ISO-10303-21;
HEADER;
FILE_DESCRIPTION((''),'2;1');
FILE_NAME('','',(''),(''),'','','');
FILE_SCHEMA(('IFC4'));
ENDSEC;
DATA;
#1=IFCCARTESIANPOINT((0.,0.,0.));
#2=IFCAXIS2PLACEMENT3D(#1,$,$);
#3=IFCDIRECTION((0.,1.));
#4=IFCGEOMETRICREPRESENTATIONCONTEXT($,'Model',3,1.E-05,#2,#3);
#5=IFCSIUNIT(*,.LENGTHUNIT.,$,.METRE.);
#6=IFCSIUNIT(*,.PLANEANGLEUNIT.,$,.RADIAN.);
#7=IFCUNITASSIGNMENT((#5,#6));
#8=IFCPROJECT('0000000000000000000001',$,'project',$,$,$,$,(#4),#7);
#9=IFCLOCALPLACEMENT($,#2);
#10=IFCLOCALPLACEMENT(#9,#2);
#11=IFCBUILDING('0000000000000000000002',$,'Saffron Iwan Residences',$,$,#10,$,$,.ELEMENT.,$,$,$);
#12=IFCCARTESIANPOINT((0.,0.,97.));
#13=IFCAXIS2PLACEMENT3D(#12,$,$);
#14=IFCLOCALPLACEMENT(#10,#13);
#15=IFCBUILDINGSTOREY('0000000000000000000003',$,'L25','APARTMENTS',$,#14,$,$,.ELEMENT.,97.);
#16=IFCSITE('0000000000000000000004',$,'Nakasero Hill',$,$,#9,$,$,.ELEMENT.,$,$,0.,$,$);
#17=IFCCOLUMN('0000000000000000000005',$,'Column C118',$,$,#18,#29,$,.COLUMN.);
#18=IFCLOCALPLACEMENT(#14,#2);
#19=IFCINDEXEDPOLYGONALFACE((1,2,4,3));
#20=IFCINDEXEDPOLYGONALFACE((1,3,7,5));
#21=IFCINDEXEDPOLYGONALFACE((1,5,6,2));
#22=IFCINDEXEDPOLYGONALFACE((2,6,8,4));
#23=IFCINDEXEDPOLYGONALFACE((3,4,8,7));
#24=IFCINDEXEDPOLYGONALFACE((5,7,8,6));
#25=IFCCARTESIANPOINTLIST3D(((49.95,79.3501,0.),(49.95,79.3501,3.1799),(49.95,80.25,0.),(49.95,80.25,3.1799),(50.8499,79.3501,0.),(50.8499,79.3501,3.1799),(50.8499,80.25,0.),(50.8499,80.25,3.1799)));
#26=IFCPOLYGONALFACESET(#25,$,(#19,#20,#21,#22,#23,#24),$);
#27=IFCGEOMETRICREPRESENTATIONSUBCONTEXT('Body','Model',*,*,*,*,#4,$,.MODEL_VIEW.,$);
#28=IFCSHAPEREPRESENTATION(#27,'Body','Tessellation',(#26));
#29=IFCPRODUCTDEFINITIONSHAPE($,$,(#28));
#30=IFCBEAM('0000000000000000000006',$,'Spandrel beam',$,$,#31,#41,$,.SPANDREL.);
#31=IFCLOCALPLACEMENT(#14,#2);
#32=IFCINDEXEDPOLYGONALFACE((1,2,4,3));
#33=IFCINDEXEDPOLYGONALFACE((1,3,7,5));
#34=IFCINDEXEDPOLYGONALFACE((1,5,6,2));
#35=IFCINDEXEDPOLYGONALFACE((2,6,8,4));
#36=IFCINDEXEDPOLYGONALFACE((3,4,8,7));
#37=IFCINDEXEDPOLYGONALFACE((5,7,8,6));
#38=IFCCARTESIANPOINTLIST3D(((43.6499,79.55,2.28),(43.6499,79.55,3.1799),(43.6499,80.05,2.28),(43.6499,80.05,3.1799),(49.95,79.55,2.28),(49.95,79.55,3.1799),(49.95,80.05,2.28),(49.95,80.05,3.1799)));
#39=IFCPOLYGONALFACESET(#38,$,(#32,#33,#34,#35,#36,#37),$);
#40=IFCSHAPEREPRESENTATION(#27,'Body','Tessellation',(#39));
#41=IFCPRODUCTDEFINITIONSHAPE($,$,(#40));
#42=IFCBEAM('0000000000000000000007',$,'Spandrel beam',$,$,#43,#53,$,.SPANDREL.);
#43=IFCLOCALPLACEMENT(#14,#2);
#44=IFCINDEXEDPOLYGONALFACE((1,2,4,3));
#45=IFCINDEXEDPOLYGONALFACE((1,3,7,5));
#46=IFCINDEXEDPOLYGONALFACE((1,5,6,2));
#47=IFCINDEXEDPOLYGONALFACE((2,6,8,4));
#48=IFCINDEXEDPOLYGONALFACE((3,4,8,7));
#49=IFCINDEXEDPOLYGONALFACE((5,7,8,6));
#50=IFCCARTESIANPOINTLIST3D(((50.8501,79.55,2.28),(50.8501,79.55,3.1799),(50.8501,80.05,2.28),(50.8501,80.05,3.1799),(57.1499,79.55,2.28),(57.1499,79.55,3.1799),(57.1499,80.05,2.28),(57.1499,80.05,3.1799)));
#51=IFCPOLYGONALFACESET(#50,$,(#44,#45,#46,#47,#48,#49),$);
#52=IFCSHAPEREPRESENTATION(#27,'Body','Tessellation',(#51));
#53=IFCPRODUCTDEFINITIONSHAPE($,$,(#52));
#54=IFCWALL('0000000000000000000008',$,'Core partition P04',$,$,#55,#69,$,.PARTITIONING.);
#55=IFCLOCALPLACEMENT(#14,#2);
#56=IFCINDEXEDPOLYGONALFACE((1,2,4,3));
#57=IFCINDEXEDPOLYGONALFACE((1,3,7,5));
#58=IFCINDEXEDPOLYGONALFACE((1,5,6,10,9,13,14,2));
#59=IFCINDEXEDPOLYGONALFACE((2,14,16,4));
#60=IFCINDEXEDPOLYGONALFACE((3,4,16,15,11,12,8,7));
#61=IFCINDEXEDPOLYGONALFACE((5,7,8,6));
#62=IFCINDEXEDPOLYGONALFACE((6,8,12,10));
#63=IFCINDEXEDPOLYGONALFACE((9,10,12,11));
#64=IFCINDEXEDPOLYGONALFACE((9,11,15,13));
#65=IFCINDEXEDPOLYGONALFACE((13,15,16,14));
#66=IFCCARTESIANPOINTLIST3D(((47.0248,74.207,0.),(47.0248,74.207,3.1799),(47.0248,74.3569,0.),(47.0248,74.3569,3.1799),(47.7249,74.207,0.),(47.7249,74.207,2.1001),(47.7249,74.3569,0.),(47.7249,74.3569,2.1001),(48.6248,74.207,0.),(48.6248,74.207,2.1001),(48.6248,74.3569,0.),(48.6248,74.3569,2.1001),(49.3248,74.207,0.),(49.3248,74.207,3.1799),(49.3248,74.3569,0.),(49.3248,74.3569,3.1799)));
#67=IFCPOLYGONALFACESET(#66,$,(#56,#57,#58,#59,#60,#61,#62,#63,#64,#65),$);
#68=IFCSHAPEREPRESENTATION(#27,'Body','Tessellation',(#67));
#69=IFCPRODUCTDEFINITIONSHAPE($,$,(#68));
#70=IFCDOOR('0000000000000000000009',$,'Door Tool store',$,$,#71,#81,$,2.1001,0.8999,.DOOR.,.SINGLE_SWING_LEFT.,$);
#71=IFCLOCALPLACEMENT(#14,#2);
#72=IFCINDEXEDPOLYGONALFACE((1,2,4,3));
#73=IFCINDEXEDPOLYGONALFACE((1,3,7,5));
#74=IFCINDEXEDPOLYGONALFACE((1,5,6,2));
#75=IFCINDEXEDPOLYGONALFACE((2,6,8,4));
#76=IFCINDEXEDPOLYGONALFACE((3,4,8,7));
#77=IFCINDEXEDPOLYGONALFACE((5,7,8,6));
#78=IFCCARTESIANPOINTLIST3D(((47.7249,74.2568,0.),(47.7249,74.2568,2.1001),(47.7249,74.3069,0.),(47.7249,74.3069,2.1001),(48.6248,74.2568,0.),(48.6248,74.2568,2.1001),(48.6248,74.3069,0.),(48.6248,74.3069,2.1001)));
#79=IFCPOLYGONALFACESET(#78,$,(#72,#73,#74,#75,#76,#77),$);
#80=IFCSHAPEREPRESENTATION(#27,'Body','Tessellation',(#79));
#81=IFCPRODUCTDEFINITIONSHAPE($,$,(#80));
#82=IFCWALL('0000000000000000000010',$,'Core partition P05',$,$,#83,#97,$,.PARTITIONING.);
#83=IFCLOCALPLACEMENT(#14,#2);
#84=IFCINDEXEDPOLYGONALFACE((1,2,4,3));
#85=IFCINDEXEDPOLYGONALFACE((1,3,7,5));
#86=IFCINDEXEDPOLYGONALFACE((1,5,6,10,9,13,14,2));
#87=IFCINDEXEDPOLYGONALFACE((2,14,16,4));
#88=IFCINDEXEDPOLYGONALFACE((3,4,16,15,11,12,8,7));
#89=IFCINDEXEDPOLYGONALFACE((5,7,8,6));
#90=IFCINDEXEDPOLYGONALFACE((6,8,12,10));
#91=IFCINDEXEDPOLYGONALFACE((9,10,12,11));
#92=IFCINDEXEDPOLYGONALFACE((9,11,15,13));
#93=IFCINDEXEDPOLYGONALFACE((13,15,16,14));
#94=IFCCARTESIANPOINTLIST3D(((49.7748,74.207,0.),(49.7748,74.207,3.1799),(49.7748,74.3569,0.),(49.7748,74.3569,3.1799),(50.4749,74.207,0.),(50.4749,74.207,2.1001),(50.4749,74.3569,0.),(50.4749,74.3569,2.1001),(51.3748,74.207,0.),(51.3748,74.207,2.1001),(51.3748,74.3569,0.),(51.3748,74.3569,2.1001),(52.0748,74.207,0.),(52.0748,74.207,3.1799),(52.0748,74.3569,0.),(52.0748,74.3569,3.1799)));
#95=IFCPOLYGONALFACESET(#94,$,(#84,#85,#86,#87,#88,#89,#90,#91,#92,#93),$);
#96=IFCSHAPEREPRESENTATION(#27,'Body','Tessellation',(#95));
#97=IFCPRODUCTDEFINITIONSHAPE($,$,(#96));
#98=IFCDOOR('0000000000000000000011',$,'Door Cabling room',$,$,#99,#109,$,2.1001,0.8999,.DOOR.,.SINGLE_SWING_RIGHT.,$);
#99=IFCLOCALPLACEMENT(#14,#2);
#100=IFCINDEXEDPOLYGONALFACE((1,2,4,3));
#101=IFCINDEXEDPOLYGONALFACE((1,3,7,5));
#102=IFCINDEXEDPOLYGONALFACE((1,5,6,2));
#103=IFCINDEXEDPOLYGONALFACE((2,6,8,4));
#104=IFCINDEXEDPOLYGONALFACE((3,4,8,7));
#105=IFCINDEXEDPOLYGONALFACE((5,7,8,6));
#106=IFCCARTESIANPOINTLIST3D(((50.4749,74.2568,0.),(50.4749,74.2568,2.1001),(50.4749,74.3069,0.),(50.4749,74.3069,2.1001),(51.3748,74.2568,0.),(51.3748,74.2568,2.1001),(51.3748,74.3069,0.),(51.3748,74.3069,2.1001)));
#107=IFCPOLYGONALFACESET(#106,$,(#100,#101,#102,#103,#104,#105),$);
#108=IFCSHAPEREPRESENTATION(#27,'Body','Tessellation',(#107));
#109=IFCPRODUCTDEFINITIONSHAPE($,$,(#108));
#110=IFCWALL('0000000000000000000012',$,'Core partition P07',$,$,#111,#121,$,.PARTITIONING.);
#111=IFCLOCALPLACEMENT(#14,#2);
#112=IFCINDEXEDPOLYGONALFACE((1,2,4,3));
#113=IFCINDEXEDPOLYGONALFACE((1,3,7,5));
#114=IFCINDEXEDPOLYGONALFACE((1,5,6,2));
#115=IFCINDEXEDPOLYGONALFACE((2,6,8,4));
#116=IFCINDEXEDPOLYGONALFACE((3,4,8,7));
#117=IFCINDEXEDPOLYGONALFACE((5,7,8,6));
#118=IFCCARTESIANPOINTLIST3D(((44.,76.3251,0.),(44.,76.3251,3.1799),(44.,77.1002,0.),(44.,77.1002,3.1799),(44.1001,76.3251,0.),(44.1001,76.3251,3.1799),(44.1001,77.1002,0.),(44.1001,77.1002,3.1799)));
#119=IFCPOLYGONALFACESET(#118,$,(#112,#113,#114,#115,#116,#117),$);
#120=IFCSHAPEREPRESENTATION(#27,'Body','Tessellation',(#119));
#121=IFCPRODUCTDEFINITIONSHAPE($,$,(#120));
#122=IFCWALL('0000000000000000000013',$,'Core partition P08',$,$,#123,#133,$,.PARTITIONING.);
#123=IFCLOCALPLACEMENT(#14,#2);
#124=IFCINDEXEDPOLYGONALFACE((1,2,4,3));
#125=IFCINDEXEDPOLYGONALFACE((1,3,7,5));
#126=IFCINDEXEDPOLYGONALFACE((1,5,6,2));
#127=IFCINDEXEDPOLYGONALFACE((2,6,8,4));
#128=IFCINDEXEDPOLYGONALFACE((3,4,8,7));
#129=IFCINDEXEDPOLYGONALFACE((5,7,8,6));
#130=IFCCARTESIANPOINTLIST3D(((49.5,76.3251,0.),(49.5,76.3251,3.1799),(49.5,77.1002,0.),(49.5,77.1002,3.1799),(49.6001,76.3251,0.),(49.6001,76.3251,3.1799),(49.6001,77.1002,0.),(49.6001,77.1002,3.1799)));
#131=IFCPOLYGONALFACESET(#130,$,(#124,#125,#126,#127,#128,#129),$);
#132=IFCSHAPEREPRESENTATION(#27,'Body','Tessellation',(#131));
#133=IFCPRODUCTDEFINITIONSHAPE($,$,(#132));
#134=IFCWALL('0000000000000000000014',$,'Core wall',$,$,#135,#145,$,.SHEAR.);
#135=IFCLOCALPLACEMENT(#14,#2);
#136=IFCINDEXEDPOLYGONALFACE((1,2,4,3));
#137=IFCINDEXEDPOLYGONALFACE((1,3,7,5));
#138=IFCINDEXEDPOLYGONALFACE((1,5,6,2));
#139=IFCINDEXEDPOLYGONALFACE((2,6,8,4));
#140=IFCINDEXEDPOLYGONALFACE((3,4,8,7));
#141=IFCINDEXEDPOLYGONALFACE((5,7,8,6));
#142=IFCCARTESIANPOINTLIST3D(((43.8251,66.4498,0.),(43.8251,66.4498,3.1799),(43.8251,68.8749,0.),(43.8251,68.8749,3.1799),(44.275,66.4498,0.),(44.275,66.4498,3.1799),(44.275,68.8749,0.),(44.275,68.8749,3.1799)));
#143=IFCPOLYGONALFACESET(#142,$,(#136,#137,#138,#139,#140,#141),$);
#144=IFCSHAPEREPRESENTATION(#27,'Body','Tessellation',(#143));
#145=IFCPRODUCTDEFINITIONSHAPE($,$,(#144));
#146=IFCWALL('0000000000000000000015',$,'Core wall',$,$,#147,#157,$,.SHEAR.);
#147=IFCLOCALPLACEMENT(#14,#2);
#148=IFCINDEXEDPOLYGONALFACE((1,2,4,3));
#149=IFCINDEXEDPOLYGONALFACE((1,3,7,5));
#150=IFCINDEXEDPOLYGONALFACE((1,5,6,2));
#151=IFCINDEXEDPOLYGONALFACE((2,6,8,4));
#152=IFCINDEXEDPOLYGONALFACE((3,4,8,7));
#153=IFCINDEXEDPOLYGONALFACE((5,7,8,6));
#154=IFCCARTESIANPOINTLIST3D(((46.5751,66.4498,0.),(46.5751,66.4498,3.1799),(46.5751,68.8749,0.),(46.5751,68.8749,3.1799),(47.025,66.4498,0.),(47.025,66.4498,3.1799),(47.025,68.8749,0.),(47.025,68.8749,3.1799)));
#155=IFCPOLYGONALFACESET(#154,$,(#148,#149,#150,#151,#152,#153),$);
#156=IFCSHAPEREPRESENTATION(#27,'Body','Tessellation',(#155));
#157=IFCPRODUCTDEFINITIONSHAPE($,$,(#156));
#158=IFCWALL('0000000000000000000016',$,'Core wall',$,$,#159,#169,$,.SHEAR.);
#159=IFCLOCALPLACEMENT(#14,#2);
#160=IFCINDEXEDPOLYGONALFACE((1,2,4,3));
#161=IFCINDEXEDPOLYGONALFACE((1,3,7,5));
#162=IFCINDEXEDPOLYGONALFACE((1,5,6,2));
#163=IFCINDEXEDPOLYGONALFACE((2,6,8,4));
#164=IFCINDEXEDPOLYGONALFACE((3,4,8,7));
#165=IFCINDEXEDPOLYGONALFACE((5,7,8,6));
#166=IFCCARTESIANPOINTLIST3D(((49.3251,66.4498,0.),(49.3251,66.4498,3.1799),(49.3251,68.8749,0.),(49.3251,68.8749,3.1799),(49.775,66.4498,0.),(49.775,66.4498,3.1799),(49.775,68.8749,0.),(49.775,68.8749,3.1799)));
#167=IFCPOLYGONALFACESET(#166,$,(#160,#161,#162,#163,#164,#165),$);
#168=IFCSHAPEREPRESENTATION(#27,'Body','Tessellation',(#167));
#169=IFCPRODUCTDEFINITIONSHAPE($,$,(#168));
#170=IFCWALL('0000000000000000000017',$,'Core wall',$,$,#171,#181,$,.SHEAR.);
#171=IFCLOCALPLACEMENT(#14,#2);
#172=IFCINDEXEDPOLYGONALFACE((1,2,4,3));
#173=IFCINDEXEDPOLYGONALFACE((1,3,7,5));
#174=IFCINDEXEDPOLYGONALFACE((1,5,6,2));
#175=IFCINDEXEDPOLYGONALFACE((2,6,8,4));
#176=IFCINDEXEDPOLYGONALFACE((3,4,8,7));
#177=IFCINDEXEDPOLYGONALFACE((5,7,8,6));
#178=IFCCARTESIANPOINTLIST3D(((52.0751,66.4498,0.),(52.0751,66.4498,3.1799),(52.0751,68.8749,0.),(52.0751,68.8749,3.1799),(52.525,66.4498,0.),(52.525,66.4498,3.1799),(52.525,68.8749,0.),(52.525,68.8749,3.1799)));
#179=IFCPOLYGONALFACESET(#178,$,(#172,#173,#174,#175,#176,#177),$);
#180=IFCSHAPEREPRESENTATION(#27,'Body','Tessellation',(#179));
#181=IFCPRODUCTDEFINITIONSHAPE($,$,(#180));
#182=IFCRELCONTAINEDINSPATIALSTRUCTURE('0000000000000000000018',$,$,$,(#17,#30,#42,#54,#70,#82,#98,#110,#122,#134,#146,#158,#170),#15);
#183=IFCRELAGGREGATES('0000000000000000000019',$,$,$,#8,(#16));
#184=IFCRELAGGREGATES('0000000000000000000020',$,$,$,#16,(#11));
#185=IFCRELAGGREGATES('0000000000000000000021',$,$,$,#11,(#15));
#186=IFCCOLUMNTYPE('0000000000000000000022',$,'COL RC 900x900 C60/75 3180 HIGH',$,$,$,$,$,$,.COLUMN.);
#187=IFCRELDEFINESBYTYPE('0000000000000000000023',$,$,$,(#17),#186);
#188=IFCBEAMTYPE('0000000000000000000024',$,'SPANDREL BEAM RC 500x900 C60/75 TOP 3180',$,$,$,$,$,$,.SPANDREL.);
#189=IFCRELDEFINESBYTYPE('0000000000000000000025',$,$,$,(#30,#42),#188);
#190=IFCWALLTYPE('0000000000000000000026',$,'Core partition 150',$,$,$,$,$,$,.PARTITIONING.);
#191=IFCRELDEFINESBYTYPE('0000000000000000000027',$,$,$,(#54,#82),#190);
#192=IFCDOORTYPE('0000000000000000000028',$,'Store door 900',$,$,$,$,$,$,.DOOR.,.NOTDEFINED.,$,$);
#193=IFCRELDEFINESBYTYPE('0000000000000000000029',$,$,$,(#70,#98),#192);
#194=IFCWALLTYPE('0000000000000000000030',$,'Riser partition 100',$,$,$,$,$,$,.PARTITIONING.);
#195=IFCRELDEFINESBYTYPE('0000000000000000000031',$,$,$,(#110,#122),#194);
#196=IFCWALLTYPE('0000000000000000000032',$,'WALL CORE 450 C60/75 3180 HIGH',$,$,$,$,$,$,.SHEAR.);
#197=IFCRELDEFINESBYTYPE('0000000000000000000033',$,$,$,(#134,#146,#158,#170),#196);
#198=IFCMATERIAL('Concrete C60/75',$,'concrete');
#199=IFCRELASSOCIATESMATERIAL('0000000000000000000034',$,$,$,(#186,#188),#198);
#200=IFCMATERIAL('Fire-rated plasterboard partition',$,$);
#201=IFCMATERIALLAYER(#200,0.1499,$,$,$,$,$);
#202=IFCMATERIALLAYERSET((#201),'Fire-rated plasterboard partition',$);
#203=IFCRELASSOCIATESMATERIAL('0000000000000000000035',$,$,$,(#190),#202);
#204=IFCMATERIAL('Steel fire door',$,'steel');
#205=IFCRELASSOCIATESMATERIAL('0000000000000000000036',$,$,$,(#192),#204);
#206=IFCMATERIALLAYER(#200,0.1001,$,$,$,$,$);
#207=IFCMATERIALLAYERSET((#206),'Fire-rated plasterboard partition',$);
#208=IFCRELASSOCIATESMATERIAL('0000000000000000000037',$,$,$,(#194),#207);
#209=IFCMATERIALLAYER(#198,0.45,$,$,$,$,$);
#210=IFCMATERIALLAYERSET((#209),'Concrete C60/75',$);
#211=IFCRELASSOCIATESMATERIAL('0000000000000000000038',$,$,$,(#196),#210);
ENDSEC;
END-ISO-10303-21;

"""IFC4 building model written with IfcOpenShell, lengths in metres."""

from ifc_helpers import new_model, si_unit, direction, frame, frame_2d, origin, origin_2d, place, context, subcontext, project, spatial, rectangle, extrude, source, transform, mapped, material, layer, layer_set, material_profile, profile_set, type_object, element, fill, save


model = new_model("IFC4")

# Units and contexts
model_context = context("Model", 3, precision=1e-05, world=origin(), true_north=direction((0.0, 1.0)))
body_context = subcontext(model_context, "Body", "Model", "MODEL_VIEW")
ifc_project = project(units=[si_unit("LENGTHUNIT", "METRE"), si_unit("PLANEANGLEUNIT", "RADIAN")], contexts=[model_context])

# Site, building, storey
site_placement = place(None, origin())
site = spatial("IfcSite", under=ifc_project, at=site_placement, Name="Nakasero Hill", CompositionType="ELEMENT", RefElevation=0.0)
building_placement = place(site_placement, origin())
building = spatial("IfcBuilding", under=site, at=building_placement, Name="Saffron Iwan Residences", CompositionType="ELEMENT")
storey_placement = place(building_placement, frame((0.0, 0.0, 97.0)))
storey = spatial("IfcBuildingStorey", under=building, at=storey_placement, Name="L25", Description="APARTMENTS", CompositionType="ELEMENT", Elevation=97.0)

# Column
ifc_material_1 = material(Name="Concrete C60/75", Category="concrete")
ifc_material_profile_1 = material_profile(ifc_material_1, rectangle(XDim=0.8999, YDim=0.8999, at=origin_2d()), Name="RC 900x900")
ifc_profile_set_1 = profile_set([ifc_material_profile_1], Name="Concrete C60/75")
column_type = type_object("IfcColumnType", Name="COL RC 900x900 C60/75 3180 HIGH", PredefinedType="COLUMN", material=ifc_profile_set_1)
shared_shape_1 = source(origin(), body_context, "Body", "SweptSolid", [
    extrude(rectangle(XDim=0.8999, YDim=0.8999, at=origin_2d()), origin(), (0.0, 0.0, 1.0), 3.1799),
])
column_placement = place(storey_placement, frame((50.3999, 79.8, 0.0), z_axis=(0.0, 0.0, 1.0), x_axis=(1.0, 0.0, 0.0)))
element("IfcColumn", 1, at=column_placement, inside=storey, type_object=column_type, Name="Column C118", PredefinedType="COLUMN", context=body_context, shape_type="MappedRepresentation", body=[
    mapped(shared_shape_1, transform((0.0, 0.0, 0.0))),
])

# Beams
ifc_material_profile_2 = material_profile(ifc_material_1, rectangle(XDim=0.5, YDim=0.8999, at=origin_2d()), Name="RC 500x900")
ifc_profile_set_2 = profile_set([ifc_material_profile_2], Name="Concrete C60/75")
beam_type = type_object("IfcBeamType", Name="SPANDREL BEAM RC 500x900 C60/75 TOP 3180", PredefinedType="SPANDREL", material=ifc_profile_set_2)
shared_shape_2 = source(origin(), body_context, "Body", "SweptSolid", [
    extrude(rectangle(XDim=0.5, YDim=0.8999, at=origin_2d()), origin(), (0.0, 0.0, 1.0), 6.3),
])
beam_1_placement = place(storey_placement, frame((43.6499, 79.8, 2.73), z_axis=(1.0, 0.0, 0.0), x_axis=(0.0, 1.0, 0.0)))
element("IfcBeam", 2, at=beam_1_placement, inside=storey, type_object=beam_type, Name="Spandrel beam", PredefinedType="SPANDREL", context=body_context, shape_type="MappedRepresentation", body=[
    mapped(shared_shape_2, transform((0.0, 0.0, 0.0))),
])
shared_shape_3 = source(origin(), body_context, "Body", "SweptSolid", [
    extrude(rectangle(XDim=0.5, YDim=0.8999, at=origin_2d()), origin(), (0.0, 0.0, 1.0), 6.2998),
])
beam_2_placement = place(storey_placement, frame((50.8501, 79.8, 2.73), z_axis=(1.0, 0.0, 0.0), x_axis=(0.0, 1.0, 0.0)))
element("IfcBeam", 3, at=beam_2_placement, inside=storey, type_object=beam_type, Name="Spandrel beam", PredefinedType="SPANDREL", context=body_context, shape_type="MappedRepresentation", body=[
    mapped(shared_shape_3, transform((0.0, 0.0, 0.0))),
])

# Walls, openings, doors
ifc_material_2 = material(Name="Fire-rated plasterboard partition")
ifc_layer_1 = layer(ifc_material_2, 0.1499)
ifc_layer_set_1 = layer_set([ifc_layer_1], Name="Fire-rated plasterboard partition")
wall_type_1 = type_object("IfcWallType", Name="Core partition 150", PredefinedType="PARTITIONING", material=ifc_layer_set_1)
wall_1_placement = place(storey_placement, frame((47.0249, 74.282, 0.0), z_axis=(0.0, 0.0, 1.0), x_axis=(1.0, 0.0, 0.0)))
wall_1 = element("IfcWall", 4, at=wall_1_placement, inside=storey, type_object=wall_type_1, Name="Core partition P04", PredefinedType="PARTITIONING", context=body_context, shape_type="SweptSolid", body=[
    extrude(rectangle(XDim=2.3, YDim=0.1499, at=frame_2d((1.1499, 0.0))), origin(), (0.0, 0.0, 1.0), 3.1799),
])
opening_1_placement = place(wall_1_placement, frame((0.7, 0.0, 0.0)))
opening_1 = element("IfcOpeningElement", 5, at=opening_1_placement, cuts=wall_1, PredefinedType="OPENING", context=body_context, shape_type="SweptSolid", body=[
    extrude(rectangle(XDim=0.8999, YDim=2.1001, at=frame_2d((0.45, 1.05))), frame((0.0, 0.085, 0.0), z_axis=(0.0, -1.0, 0.0), x_axis=(1.0, 0.0, 0.0)), (0.0, 0.0, 1.0), 0.1699),
])
ifc_material_3 = material(Name="Steel fire door", Category="steel")
door_type = type_object("IfcDoorType", Name="Store door 900", OperationType="NOTDEFINED", PredefinedType="DOOR", material=ifc_material_3)
door_1_placement = place(opening_1_placement, origin())
door_1 = element("IfcDoor", 6, at=door_1_placement, inside=storey, type_object=door_type, Name="Door Tool store", OperationType="SINGLE_SWING_LEFT", OverallHeight=2.1001, OverallWidth=0.8999, PredefinedType="DOOR", context=body_context, shape_type="SweptSolid", body=[
    extrude(rectangle(XDim=0.8999, YDim=2.1001, at=frame_2d((0.45, 1.05))), frame((0.0, 0.0249, 0.0), z_axis=(0.0, -1.0, 0.0), x_axis=(1.0, 0.0, 0.0)), (0.0, 0.0, 1.0), 0.05),
])
fill(opening_1, door_1)
wall_2_placement = place(storey_placement, frame((49.7749, 74.282, 0.0), z_axis=(0.0, 0.0, 1.0), x_axis=(1.0, 0.0, 0.0)))
wall_2 = element("IfcWall", 7, at=wall_2_placement, inside=storey, type_object=wall_type_1, Name="Core partition P05", PredefinedType="PARTITIONING", context=body_context, shape_type="SweptSolid", body=[
    extrude(rectangle(XDim=2.3, YDim=0.1499, at=frame_2d((1.1499, 0.0))), origin(), (0.0, 0.0, 1.0), 3.1799),
])
opening_2_placement = place(wall_2_placement, frame((0.7, 0.0, 0.0)))
opening_2 = element("IfcOpeningElement", 8, at=opening_2_placement, cuts=wall_2, PredefinedType="OPENING", context=body_context, shape_type="SweptSolid", body=[
    extrude(rectangle(XDim=0.8999, YDim=2.1001, at=frame_2d((0.45, 1.05))), frame((0.0, 0.085, 0.0), z_axis=(0.0, -1.0, 0.0), x_axis=(1.0, 0.0, 0.0)), (0.0, 0.0, 1.0), 0.1699),
])
door_2_placement = place(opening_2_placement, origin())
door_2 = element("IfcDoor", 9, at=door_2_placement, inside=storey, type_object=door_type, Name="Door Cabling room", OperationType="SINGLE_SWING_RIGHT", OverallHeight=2.1001, OverallWidth=0.8999, PredefinedType="DOOR", context=body_context, shape_type="SweptSolid", body=[
    extrude(rectangle(XDim=0.8999, YDim=2.1001, at=frame_2d((0.45, 1.05))), frame((0.0, 0.0249, 0.0), z_axis=(0.0, -1.0, 0.0), x_axis=(1.0, 0.0, 0.0)), (0.0, 0.0, 1.0), 0.05),
])
fill(opening_2, door_2)

# Walls
ifc_layer_2 = layer(ifc_material_2, 0.1001)
ifc_layer_set_2 = layer_set([ifc_layer_2], Name="Fire-rated plasterboard partition")
wall_type_2 = type_object("IfcWallType", Name="Riser partition 100", PredefinedType="PARTITIONING", material=ifc_layer_set_2)
for number, where, z_axis, x_axis, name in (
    (10, (44.05, 76.325, 0.0), (0.0, 0.0, 1.0), (0.0, 1.0, 0.0), "Core partition P07"),
    (11, (49.55, 76.325, 0.0), (0.0, 0.0, 1.0), (0.0, 1.0, 0.0), "Core partition P08"),
):
    element("IfcWall", number, at=place(storey_placement, frame(where, z_axis=z_axis, x_axis=x_axis)), inside=storey, type_object=wall_type_2, Name=name, PredefinedType="PARTITIONING", context=body_context, shape_type="SweptSolid", body=[
        extrude(rectangle(XDim=0.7751, YDim=0.1001, at=frame_2d((0.3877, 0.0))), origin(), (0.0, 0.0, 1.0), 3.1799),
    ])
ifc_layer_3 = layer(ifc_material_1, 0.45)
ifc_layer_set_3 = layer_set([ifc_layer_3], Name="Concrete C60/75")
wall_type_3 = type_object("IfcWallType", Name="WALL CORE 450 C60/75 3180 HIGH", PredefinedType="SHEAR", material=ifc_layer_set_3)
for number, where, z_axis, x_axis, name in (
    (12, (44.05, 66.45, 0.0), (0.0, 0.0, 1.0), (0.0, 1.0, 0.0), "Core wall"),
    (13, (46.8, 66.45, 0.0), (0.0, 0.0, 1.0), (0.0, 1.0, 0.0), "Core wall"),
    (14, (49.55, 66.45, 0.0), (0.0, 0.0, 1.0), (0.0, 1.0, 0.0), "Core wall"),
    (15, (52.3, 66.45, 0.0), (0.0, 0.0, 1.0), (0.0, 1.0, 0.0), "Core wall"),
):
    element("IfcWall", number, at=place(storey_placement, frame(where, z_axis=z_axis, x_axis=x_axis)), inside=storey, type_object=wall_type_3, Name=name, PredefinedType="SHEAR", context=body_context, shape_type="SweptSolid", body=[
        extrude(rectangle(XDim=2.425, YDim=0.45, at=frame_2d((1.2124, 0.0))), origin(), (0.0, 0.0, 1.0), 3.1799),
    ])

save(model, "model.ifc")
